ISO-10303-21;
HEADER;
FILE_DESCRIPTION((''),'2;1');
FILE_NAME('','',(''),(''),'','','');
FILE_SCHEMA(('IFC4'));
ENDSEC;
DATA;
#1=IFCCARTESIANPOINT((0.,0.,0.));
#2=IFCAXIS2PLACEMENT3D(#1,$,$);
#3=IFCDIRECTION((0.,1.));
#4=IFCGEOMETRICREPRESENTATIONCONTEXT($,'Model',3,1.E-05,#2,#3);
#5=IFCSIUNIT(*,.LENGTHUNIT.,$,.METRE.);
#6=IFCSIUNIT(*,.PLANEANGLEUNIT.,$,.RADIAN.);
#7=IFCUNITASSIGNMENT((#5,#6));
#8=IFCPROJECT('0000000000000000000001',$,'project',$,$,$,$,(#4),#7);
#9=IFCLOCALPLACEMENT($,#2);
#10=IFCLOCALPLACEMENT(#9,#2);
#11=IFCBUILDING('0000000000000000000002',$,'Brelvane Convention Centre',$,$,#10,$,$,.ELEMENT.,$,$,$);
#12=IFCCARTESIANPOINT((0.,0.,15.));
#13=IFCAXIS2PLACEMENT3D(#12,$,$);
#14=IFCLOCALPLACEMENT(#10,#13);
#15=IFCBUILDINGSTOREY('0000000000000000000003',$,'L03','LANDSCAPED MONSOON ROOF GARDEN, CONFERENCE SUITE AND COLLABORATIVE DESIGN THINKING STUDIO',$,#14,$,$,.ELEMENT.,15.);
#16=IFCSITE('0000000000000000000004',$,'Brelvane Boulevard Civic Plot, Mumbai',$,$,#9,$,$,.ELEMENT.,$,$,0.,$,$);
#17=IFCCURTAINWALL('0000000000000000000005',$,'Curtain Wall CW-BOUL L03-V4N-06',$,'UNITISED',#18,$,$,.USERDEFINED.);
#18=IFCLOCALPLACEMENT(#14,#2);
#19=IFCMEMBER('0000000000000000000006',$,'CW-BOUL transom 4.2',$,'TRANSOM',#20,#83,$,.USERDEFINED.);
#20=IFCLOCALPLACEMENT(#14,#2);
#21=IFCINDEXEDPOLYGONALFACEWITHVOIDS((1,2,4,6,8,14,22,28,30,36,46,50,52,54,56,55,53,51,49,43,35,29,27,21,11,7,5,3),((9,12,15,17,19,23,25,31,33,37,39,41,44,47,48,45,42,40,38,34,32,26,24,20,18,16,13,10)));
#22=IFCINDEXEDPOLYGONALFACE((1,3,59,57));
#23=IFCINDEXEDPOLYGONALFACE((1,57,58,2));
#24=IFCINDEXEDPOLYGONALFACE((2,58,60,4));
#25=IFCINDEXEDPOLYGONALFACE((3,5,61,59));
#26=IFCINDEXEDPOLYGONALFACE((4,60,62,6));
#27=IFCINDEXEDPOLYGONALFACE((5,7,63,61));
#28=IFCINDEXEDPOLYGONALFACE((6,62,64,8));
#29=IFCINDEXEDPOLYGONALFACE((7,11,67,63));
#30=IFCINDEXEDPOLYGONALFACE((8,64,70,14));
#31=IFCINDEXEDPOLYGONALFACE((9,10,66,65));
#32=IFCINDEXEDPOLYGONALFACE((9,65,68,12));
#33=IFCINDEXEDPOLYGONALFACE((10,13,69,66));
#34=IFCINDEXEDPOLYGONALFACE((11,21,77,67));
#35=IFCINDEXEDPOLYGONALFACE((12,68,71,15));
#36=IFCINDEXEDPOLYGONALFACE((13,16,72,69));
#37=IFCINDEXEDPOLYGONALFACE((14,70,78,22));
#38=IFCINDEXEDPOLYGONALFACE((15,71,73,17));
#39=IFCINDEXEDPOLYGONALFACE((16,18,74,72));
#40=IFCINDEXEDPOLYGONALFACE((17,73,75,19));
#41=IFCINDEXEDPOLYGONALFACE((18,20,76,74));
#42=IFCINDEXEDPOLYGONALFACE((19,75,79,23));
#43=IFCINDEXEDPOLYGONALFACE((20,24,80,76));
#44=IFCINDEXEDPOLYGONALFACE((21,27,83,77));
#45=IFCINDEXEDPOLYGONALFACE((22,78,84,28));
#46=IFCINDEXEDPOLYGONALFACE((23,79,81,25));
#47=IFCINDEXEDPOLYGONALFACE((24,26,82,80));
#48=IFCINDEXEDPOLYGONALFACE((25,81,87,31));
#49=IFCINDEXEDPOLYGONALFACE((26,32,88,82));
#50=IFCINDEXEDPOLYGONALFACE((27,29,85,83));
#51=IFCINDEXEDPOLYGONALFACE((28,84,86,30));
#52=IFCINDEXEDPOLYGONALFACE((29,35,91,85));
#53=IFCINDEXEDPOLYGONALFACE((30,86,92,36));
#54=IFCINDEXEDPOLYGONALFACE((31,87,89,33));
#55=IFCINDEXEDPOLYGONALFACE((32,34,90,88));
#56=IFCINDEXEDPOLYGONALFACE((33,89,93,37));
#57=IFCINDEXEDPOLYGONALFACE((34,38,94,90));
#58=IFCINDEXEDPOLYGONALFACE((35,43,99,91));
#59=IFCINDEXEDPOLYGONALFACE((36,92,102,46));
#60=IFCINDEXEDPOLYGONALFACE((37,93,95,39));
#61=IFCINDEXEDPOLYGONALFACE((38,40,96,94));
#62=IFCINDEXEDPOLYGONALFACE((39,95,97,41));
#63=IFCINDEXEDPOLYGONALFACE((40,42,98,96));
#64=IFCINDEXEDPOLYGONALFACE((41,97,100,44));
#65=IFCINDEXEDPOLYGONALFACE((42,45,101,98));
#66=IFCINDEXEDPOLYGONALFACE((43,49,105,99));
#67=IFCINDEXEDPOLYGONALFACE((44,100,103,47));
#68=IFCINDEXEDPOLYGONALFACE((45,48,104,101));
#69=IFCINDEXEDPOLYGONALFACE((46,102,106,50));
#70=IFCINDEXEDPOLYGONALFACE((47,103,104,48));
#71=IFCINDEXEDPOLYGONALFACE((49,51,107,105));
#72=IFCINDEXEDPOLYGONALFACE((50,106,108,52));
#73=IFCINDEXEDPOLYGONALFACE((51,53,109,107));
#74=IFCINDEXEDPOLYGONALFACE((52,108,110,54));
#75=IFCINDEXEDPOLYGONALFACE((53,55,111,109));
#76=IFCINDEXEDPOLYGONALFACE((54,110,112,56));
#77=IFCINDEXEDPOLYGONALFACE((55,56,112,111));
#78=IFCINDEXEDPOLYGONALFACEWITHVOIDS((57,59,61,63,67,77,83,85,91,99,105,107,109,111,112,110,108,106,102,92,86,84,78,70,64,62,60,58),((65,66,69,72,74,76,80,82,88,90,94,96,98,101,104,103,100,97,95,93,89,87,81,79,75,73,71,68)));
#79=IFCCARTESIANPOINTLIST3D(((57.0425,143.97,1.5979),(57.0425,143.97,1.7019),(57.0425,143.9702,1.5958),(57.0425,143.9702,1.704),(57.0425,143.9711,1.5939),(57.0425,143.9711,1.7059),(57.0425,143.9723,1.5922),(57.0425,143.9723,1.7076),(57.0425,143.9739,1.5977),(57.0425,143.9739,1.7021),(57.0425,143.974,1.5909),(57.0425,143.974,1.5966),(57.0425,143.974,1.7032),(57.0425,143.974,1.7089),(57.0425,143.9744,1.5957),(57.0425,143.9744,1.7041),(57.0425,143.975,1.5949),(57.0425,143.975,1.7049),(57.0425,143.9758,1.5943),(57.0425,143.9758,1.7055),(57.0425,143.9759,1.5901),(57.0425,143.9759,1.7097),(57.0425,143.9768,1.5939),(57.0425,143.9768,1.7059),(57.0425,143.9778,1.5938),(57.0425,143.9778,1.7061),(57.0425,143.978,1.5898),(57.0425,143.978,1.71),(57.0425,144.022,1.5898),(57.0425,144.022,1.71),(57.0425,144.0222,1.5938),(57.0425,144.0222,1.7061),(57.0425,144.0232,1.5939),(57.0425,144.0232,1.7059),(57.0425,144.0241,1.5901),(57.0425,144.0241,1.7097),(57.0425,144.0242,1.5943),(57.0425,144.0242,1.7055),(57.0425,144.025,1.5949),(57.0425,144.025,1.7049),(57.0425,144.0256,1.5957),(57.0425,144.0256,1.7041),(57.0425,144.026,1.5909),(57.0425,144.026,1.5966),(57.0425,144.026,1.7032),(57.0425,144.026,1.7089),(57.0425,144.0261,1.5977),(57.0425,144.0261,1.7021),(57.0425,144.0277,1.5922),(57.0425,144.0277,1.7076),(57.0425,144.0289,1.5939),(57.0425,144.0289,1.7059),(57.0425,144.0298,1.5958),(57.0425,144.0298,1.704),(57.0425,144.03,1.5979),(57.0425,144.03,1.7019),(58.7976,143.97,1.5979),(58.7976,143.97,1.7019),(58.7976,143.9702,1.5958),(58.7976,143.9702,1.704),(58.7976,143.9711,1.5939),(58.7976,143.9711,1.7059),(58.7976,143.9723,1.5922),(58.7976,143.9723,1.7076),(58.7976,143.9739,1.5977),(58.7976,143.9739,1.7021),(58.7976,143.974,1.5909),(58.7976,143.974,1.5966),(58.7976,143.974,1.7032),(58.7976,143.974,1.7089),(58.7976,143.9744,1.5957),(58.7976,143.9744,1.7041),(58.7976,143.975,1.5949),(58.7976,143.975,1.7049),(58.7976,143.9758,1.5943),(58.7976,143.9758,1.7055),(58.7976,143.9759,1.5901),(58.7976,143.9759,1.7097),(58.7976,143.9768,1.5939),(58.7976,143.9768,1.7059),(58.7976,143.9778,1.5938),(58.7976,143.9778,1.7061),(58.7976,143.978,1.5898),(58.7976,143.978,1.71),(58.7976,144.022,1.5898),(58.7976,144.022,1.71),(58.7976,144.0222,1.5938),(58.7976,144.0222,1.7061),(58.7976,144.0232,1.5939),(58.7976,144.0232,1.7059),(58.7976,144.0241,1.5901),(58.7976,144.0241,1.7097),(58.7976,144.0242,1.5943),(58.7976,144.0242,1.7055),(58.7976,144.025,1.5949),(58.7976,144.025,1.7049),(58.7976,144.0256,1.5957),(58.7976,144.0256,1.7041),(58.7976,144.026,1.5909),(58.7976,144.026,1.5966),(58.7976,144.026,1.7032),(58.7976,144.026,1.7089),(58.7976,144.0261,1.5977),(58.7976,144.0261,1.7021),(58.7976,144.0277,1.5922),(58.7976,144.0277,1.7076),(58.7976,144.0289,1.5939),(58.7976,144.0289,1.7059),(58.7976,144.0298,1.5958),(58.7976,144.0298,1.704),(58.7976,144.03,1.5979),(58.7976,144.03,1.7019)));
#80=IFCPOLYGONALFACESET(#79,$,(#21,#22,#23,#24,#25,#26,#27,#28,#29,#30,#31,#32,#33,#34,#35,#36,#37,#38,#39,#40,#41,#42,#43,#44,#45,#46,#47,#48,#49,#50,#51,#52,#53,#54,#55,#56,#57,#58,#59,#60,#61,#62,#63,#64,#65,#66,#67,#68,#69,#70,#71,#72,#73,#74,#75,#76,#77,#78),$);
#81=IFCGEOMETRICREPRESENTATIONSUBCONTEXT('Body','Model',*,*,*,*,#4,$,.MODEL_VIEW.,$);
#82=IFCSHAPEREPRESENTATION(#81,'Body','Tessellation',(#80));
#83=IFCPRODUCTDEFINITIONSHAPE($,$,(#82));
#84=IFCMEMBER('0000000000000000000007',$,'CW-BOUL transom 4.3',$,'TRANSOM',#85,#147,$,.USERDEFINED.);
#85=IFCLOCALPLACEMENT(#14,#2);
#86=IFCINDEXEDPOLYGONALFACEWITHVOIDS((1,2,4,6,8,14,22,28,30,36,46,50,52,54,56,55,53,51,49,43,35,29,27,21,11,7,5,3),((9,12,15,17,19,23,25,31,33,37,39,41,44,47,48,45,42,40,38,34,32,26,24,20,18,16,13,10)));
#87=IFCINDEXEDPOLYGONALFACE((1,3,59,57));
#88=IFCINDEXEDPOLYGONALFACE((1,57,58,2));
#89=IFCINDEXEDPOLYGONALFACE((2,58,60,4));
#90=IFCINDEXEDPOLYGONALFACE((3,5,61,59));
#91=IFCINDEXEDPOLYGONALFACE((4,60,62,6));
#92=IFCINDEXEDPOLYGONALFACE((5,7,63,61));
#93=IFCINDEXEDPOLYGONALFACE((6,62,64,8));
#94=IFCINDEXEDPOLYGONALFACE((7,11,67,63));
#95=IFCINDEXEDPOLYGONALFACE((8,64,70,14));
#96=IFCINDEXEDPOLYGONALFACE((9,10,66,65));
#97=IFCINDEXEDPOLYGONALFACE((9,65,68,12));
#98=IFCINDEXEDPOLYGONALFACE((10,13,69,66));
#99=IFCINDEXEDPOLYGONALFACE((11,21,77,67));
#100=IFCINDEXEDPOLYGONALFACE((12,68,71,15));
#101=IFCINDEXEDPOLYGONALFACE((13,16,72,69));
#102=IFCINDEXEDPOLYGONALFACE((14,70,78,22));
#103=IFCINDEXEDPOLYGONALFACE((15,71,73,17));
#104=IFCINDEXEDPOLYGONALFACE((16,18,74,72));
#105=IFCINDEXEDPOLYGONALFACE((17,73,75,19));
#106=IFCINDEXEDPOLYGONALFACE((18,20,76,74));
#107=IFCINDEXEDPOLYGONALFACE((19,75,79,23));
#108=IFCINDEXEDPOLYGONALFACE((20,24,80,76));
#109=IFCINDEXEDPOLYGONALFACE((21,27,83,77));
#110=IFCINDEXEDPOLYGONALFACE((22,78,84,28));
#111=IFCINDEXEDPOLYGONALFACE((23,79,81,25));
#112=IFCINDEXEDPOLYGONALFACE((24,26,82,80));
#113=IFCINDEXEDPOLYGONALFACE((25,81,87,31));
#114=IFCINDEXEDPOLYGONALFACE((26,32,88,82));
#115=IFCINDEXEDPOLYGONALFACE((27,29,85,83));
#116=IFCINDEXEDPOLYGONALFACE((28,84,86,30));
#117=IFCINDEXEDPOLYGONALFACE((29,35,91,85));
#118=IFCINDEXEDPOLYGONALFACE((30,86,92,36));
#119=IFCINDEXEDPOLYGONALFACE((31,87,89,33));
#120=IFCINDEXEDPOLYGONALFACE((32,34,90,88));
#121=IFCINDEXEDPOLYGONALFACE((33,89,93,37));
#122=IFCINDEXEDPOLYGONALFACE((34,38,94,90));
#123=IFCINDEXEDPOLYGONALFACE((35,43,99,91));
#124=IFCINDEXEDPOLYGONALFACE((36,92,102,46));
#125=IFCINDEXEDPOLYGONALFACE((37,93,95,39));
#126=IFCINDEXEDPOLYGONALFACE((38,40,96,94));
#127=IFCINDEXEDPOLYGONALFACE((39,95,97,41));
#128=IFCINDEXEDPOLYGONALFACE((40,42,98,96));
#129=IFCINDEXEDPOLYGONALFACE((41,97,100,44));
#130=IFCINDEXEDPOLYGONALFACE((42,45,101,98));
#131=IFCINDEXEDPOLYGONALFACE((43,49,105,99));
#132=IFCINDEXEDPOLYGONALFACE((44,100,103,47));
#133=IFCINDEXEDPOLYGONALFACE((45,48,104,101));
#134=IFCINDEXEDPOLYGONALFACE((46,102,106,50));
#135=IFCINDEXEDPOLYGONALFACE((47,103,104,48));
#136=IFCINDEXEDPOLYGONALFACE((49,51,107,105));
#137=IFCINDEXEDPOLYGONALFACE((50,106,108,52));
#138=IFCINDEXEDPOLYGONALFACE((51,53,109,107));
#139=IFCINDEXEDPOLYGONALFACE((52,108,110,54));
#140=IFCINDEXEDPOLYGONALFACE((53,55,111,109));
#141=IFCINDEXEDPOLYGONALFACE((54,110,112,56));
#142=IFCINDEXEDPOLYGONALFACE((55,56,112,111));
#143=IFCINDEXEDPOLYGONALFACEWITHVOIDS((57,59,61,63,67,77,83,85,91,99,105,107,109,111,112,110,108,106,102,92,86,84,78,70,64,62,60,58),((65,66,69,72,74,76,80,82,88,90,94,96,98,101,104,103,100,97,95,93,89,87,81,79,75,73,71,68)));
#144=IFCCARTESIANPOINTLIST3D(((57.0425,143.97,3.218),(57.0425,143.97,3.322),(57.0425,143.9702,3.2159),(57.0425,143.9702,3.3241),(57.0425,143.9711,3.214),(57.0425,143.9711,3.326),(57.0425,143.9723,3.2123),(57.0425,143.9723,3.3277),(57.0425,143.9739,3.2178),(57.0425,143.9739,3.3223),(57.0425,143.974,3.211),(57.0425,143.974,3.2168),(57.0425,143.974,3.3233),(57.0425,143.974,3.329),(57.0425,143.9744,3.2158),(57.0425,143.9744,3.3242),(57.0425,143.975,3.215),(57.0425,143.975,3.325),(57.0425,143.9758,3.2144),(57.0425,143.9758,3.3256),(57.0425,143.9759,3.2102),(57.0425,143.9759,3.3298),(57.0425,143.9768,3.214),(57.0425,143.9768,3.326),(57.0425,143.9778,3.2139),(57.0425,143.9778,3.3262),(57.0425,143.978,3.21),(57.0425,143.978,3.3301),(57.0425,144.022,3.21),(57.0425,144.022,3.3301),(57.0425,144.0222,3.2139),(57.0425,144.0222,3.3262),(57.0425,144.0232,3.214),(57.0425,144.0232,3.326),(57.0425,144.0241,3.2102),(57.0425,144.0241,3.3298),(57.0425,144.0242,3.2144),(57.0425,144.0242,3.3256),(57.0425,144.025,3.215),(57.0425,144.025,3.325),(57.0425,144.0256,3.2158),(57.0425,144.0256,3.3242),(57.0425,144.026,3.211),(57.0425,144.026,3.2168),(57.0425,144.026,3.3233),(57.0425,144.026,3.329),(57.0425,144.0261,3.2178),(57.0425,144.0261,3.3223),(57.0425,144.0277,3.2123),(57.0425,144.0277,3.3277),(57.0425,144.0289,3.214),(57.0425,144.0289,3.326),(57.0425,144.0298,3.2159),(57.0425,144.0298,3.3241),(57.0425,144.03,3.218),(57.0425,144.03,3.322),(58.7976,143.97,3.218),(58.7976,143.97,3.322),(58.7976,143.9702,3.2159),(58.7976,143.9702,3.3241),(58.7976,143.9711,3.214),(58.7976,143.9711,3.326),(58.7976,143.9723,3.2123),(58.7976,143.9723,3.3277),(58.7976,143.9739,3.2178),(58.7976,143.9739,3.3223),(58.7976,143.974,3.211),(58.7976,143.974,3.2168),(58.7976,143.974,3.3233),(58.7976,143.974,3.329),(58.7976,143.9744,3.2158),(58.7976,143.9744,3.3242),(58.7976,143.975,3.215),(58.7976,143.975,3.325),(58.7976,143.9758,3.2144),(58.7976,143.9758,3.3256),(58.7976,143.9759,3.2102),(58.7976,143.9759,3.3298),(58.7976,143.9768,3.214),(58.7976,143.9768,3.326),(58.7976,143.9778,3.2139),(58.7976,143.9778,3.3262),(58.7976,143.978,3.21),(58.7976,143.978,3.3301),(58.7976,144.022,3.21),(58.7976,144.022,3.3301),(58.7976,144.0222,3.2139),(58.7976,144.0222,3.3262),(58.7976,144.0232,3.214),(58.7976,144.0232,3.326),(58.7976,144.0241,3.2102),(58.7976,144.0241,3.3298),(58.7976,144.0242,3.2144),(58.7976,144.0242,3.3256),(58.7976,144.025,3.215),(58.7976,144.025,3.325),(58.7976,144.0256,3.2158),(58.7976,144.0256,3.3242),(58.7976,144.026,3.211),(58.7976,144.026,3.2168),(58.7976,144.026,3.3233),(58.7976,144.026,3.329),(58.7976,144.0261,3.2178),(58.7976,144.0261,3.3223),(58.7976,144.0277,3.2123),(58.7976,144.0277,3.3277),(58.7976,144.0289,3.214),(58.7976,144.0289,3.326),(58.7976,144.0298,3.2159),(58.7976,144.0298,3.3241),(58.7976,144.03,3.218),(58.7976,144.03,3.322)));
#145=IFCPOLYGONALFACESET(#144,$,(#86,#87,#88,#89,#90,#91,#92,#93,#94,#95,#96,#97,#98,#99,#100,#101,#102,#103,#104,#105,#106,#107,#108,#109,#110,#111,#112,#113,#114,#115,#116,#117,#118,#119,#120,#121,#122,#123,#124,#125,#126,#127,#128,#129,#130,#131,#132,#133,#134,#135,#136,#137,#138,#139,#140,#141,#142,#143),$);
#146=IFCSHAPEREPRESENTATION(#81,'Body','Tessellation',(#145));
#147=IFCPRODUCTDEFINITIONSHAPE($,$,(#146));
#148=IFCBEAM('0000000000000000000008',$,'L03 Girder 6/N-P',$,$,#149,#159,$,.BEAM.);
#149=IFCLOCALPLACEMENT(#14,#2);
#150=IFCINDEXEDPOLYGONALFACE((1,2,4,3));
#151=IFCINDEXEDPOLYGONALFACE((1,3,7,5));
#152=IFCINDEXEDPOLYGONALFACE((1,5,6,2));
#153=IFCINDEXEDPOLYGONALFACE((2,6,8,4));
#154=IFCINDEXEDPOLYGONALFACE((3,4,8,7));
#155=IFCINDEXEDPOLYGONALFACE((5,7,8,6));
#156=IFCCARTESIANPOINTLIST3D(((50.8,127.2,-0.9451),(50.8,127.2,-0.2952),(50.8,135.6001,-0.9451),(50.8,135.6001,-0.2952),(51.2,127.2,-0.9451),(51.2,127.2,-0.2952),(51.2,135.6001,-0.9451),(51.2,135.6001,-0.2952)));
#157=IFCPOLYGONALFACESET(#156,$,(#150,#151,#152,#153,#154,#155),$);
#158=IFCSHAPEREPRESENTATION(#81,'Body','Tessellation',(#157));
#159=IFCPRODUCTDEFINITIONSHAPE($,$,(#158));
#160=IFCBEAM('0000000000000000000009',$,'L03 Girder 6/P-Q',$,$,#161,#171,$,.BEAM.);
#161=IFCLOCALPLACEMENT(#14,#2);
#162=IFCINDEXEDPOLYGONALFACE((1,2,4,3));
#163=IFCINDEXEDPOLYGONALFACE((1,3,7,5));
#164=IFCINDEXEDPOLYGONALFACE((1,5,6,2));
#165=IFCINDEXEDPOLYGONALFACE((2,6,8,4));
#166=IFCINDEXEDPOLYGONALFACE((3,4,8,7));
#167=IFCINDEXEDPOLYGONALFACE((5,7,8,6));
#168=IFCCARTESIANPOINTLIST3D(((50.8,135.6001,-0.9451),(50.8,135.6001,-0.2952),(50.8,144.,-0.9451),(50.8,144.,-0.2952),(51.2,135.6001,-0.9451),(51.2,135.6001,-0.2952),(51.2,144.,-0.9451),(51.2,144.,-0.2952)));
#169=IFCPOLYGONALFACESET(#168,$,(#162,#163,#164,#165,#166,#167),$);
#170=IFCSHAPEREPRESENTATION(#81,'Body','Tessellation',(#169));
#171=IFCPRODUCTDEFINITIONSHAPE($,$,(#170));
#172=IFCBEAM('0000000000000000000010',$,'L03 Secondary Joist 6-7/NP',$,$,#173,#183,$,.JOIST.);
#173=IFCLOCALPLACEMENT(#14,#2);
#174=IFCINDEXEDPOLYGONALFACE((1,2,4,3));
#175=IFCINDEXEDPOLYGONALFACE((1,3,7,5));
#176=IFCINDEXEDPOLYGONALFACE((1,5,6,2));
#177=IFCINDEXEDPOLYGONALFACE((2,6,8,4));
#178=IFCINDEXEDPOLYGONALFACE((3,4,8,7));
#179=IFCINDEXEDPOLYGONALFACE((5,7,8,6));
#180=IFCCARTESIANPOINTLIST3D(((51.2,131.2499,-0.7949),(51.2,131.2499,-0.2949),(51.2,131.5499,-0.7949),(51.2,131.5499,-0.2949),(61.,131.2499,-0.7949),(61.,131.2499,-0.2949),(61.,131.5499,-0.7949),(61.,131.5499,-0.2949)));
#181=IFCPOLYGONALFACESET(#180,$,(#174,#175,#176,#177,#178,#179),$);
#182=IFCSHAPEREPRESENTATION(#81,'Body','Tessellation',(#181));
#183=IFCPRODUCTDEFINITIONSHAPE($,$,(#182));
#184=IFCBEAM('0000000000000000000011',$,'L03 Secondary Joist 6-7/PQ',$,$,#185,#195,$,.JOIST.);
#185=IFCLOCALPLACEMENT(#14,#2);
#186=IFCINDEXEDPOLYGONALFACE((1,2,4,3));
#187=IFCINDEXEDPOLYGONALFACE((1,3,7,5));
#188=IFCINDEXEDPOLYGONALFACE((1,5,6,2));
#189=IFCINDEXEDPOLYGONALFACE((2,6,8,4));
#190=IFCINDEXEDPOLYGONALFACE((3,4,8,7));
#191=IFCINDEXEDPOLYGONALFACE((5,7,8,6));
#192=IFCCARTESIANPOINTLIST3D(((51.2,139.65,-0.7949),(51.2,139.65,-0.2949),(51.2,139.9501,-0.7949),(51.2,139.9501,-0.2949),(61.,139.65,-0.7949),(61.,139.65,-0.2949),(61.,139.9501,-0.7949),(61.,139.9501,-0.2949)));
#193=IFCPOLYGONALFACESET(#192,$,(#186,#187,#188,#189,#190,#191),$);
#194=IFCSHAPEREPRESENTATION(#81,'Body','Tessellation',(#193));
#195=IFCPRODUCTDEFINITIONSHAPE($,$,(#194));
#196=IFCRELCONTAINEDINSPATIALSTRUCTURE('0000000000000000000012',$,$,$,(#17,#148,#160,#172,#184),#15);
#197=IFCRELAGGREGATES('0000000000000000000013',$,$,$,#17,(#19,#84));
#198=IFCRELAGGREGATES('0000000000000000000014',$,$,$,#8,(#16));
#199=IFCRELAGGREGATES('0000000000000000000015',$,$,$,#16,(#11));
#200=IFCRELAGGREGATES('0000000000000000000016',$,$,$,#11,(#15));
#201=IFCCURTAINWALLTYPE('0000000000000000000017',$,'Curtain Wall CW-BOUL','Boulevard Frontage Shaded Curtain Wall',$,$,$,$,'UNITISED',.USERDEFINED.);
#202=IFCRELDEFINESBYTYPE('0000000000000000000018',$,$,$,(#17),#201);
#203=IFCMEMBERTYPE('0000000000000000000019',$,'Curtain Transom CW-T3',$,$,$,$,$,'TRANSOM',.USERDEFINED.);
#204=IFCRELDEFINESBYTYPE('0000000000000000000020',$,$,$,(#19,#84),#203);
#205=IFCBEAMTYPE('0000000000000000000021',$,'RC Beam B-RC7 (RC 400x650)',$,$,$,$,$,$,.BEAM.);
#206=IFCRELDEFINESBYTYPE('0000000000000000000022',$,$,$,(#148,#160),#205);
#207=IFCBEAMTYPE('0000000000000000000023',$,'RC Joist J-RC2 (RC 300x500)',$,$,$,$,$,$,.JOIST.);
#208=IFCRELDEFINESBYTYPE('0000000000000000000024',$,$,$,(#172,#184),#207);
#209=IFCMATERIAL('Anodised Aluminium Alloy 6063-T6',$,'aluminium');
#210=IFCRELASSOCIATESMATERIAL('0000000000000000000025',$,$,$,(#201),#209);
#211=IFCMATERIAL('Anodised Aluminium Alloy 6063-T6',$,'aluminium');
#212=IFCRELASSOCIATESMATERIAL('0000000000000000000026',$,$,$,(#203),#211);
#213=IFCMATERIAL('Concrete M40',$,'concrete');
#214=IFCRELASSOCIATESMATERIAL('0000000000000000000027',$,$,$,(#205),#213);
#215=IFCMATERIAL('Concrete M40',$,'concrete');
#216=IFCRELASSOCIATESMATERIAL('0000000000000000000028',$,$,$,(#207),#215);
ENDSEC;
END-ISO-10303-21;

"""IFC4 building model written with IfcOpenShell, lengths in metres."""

from ifc_helpers import new_model, si_unit, direction, frame, origin, origin_2d, place, context, subcontext, project, spatial, rectangle, hollow_rectangle, extrude, material, material_profile, profile_set, type_object, element, aggregate, save


model = new_model("IFC4")

# Units and contexts
model_context = context("Model", 3, precision=1e-05, world=origin(), true_north=direction((0.0, 1.0)))
body_context = subcontext(model_context, "Body", "Model", "MODEL_VIEW")
ifc_project = project(units=[si_unit("LENGTHUNIT", "METRE"), si_unit("PLANEANGLEUNIT", "RADIAN")], contexts=[model_context])

# Site, building, storey
site_placement = place(None, origin())
site = spatial("IfcSite", under=ifc_project, at=site_placement, Name="Brelvane Boulevard Civic Plot, Mumbai", CompositionType="ELEMENT", RefElevation=0.0)
building_placement = place(site_placement, origin())
building = spatial("IfcBuilding", under=site, at=building_placement, Name="Brelvane Convention Centre", CompositionType="ELEMENT")
storey_placement = place(building_placement, frame((0.0, 0.0, 15.0)))
storey = spatial("IfcBuildingStorey", under=building, at=storey_placement, Name="L03", Description="LANDSCAPED MONSOON ROOF GARDEN, CONFERENCE SUITE AND COLLABORATIVE DESIGN THINKING STUDIO", CompositionType="ELEMENT", Elevation=15.0)

# Curtain wall, members
ifc_material_1 = material(Name="Anodised Aluminium Alloy 6063-T6", Category="aluminium")
curtain_wall_type = type_object("IfcCurtainWallType", Name="Curtain Wall CW-BOUL", Description="Boulevard Frontage Shaded Curtain Wall", ElementType="UNITISED", PredefinedType="USERDEFINED", material=ifc_material_1)
curtain_wall_placement = place(storey_placement, origin())
curtain_wall = element("IfcCurtainWall", 1, at=curtain_wall_placement, inside=storey, type_object=curtain_wall_type, Name="Curtain Wall CW-BOUL L03-V4N-06", ObjectType="UNITISED", PredefinedType="USERDEFINED")
ifc_material_2 = material(Name="Anodised Aluminium Alloy 6063-T6", Category="aluminium")
ifc_material_profile_1 = material_profile(ifc_material_2, hollow_rectangle(XDim=0.0601, YDim=0.1201, WallThickness=0.0039, InnerFilletRadius=0.0039, OuterFilletRadius=0.0081, at=origin_2d()), Name="ALU-T 120x60x4.0")
ifc_profile_set_1 = profile_set([ifc_material_profile_1], Name="Anodised Aluminium Alloy 6063-T6")
member_type_1 = type_object("IfcMemberType", Name="Curtain Transom CW-T3", ElementType="TRANSOM", PredefinedType="USERDEFINED", material=ifc_profile_set_1)
member_1_placement = place(storey_placement, frame((57.0425, 144.0, 1.6499), z_axis=(1.0, 0.0, 0.0), x_axis=(0.0, 1.0, 0.0)))
member_1 = element("IfcMember", 2, at=member_1_placement, type_object=member_type_1, Name="CW-BOUL transom 4.2", ObjectType="TRANSOM", PredefinedType="USERDEFINED", context=body_context, shape_type="SweptSolid", body=[
    extrude(hollow_rectangle(XDim=0.0601, YDim=0.1201, WallThickness=0.0039, InnerFilletRadius=0.0039, OuterFilletRadius=0.0081, at=origin_2d()), origin(), (0.0, 0.0, 1.0), 1.7551),
])
member_2_placement = place(storey_placement, frame((57.0425, 144.0, 3.27), z_axis=(1.0, 0.0, 0.0), x_axis=(0.0, 1.0, 0.0)))
member_2 = element("IfcMember", 3, at=member_2_placement, type_object=member_type_1, Name="CW-BOUL transom 4.3", ObjectType="TRANSOM", PredefinedType="USERDEFINED", context=body_context, shape_type="SweptSolid", body=[
    extrude(hollow_rectangle(XDim=0.0601, YDim=0.1201, WallThickness=0.0039, InnerFilletRadius=0.0039, OuterFilletRadius=0.0081, at=origin_2d()), origin(), (0.0, 0.0, 1.0), 1.7551),
])

# Beams
ifc_material_3 = material(Name="Concrete M40", Category="concrete")
ifc_material_profile_2 = material_profile(ifc_material_3, rectangle(XDim=0.3999, YDim=0.6499, at=origin_2d()), Name="RC 400x650")
ifc_profile_set_2 = profile_set([ifc_material_profile_2], Name="Concrete M40")
beam_type_1 = type_object("IfcBeamType", Name="RC Beam B-RC7 (RC 400x650)", PredefinedType="BEAM", material=ifc_profile_set_2)
beam_1_placement = place(storey_placement, frame((51.0, 127.2, -0.6201), z_axis=(0.0, 1.0, 0.0), x_axis=(-1.0, 0.0, 0.0)))
element("IfcBeam", 4, at=beam_1_placement, inside=storey, type_object=beam_type_1, Name="L03 Girder 6/N-P", PredefinedType="BEAM", context=body_context, shape_type="SweptSolid", body=[
    extrude(rectangle(XDim=0.3999, YDim=0.6499, at=origin_2d()), origin(), (0.0, 0.0, 1.0), 8.4001),
])
beam_2_placement = place(storey_placement, frame((51.0, 135.6001, -0.6201), z_axis=(0.0, 1.0, 0.0), x_axis=(-1.0, 0.0, 0.0)))
element("IfcBeam", 5, at=beam_2_placement, inside=storey, type_object=beam_type_1, Name="L03 Girder 6/P-Q", PredefinedType="BEAM", context=body_context, shape_type="SweptSolid", body=[
    extrude(rectangle(XDim=0.3999, YDim=0.6499, at=origin_2d()), origin(), (0.0, 0.0, 1.0), 8.3999),
])
ifc_material_4 = material(Name="Concrete M40", Category="concrete")
ifc_material_profile_3 = material_profile(ifc_material_4, rectangle(XDim=0.3, YDim=0.5, at=origin_2d()), Name="RC 300x500")
ifc_profile_set_3 = profile_set([ifc_material_profile_3], Name="Concrete M40")
beam_type_2 = type_object("IfcBeamType", Name="RC Joist J-RC2 (RC 300x500)", PredefinedType="JOIST", material=ifc_profile_set_3)
for number, where, z_axis, x_axis, name in (
    (6, (51.2, 131.3999, -0.5449), (1.0, 0.0, 0.0), (0.0, 1.0, 0.0), "L03 Secondary Joist 6-7/NP"),
    (7, (51.2, 139.8, -0.5449), (1.0, 0.0, 0.0), (0.0, 1.0, 0.0), "L03 Secondary Joist 6-7/PQ"),
):
    element("IfcBeam", number, at=place(storey_placement, frame(where, z_axis=z_axis, x_axis=x_axis)), inside=storey, type_object=beam_type_2, Name=name, PredefinedType="JOIST", context=body_context, shape_type="SweptSolid", body=[
        extrude(rectangle(XDim=0.3, YDim=0.5, at=origin_2d()), origin(), (0.0, 0.0, 1.0), 9.8),
    ])

aggregate(curtain_wall, [member_1, member_2])

save(model, "model.ifc")
